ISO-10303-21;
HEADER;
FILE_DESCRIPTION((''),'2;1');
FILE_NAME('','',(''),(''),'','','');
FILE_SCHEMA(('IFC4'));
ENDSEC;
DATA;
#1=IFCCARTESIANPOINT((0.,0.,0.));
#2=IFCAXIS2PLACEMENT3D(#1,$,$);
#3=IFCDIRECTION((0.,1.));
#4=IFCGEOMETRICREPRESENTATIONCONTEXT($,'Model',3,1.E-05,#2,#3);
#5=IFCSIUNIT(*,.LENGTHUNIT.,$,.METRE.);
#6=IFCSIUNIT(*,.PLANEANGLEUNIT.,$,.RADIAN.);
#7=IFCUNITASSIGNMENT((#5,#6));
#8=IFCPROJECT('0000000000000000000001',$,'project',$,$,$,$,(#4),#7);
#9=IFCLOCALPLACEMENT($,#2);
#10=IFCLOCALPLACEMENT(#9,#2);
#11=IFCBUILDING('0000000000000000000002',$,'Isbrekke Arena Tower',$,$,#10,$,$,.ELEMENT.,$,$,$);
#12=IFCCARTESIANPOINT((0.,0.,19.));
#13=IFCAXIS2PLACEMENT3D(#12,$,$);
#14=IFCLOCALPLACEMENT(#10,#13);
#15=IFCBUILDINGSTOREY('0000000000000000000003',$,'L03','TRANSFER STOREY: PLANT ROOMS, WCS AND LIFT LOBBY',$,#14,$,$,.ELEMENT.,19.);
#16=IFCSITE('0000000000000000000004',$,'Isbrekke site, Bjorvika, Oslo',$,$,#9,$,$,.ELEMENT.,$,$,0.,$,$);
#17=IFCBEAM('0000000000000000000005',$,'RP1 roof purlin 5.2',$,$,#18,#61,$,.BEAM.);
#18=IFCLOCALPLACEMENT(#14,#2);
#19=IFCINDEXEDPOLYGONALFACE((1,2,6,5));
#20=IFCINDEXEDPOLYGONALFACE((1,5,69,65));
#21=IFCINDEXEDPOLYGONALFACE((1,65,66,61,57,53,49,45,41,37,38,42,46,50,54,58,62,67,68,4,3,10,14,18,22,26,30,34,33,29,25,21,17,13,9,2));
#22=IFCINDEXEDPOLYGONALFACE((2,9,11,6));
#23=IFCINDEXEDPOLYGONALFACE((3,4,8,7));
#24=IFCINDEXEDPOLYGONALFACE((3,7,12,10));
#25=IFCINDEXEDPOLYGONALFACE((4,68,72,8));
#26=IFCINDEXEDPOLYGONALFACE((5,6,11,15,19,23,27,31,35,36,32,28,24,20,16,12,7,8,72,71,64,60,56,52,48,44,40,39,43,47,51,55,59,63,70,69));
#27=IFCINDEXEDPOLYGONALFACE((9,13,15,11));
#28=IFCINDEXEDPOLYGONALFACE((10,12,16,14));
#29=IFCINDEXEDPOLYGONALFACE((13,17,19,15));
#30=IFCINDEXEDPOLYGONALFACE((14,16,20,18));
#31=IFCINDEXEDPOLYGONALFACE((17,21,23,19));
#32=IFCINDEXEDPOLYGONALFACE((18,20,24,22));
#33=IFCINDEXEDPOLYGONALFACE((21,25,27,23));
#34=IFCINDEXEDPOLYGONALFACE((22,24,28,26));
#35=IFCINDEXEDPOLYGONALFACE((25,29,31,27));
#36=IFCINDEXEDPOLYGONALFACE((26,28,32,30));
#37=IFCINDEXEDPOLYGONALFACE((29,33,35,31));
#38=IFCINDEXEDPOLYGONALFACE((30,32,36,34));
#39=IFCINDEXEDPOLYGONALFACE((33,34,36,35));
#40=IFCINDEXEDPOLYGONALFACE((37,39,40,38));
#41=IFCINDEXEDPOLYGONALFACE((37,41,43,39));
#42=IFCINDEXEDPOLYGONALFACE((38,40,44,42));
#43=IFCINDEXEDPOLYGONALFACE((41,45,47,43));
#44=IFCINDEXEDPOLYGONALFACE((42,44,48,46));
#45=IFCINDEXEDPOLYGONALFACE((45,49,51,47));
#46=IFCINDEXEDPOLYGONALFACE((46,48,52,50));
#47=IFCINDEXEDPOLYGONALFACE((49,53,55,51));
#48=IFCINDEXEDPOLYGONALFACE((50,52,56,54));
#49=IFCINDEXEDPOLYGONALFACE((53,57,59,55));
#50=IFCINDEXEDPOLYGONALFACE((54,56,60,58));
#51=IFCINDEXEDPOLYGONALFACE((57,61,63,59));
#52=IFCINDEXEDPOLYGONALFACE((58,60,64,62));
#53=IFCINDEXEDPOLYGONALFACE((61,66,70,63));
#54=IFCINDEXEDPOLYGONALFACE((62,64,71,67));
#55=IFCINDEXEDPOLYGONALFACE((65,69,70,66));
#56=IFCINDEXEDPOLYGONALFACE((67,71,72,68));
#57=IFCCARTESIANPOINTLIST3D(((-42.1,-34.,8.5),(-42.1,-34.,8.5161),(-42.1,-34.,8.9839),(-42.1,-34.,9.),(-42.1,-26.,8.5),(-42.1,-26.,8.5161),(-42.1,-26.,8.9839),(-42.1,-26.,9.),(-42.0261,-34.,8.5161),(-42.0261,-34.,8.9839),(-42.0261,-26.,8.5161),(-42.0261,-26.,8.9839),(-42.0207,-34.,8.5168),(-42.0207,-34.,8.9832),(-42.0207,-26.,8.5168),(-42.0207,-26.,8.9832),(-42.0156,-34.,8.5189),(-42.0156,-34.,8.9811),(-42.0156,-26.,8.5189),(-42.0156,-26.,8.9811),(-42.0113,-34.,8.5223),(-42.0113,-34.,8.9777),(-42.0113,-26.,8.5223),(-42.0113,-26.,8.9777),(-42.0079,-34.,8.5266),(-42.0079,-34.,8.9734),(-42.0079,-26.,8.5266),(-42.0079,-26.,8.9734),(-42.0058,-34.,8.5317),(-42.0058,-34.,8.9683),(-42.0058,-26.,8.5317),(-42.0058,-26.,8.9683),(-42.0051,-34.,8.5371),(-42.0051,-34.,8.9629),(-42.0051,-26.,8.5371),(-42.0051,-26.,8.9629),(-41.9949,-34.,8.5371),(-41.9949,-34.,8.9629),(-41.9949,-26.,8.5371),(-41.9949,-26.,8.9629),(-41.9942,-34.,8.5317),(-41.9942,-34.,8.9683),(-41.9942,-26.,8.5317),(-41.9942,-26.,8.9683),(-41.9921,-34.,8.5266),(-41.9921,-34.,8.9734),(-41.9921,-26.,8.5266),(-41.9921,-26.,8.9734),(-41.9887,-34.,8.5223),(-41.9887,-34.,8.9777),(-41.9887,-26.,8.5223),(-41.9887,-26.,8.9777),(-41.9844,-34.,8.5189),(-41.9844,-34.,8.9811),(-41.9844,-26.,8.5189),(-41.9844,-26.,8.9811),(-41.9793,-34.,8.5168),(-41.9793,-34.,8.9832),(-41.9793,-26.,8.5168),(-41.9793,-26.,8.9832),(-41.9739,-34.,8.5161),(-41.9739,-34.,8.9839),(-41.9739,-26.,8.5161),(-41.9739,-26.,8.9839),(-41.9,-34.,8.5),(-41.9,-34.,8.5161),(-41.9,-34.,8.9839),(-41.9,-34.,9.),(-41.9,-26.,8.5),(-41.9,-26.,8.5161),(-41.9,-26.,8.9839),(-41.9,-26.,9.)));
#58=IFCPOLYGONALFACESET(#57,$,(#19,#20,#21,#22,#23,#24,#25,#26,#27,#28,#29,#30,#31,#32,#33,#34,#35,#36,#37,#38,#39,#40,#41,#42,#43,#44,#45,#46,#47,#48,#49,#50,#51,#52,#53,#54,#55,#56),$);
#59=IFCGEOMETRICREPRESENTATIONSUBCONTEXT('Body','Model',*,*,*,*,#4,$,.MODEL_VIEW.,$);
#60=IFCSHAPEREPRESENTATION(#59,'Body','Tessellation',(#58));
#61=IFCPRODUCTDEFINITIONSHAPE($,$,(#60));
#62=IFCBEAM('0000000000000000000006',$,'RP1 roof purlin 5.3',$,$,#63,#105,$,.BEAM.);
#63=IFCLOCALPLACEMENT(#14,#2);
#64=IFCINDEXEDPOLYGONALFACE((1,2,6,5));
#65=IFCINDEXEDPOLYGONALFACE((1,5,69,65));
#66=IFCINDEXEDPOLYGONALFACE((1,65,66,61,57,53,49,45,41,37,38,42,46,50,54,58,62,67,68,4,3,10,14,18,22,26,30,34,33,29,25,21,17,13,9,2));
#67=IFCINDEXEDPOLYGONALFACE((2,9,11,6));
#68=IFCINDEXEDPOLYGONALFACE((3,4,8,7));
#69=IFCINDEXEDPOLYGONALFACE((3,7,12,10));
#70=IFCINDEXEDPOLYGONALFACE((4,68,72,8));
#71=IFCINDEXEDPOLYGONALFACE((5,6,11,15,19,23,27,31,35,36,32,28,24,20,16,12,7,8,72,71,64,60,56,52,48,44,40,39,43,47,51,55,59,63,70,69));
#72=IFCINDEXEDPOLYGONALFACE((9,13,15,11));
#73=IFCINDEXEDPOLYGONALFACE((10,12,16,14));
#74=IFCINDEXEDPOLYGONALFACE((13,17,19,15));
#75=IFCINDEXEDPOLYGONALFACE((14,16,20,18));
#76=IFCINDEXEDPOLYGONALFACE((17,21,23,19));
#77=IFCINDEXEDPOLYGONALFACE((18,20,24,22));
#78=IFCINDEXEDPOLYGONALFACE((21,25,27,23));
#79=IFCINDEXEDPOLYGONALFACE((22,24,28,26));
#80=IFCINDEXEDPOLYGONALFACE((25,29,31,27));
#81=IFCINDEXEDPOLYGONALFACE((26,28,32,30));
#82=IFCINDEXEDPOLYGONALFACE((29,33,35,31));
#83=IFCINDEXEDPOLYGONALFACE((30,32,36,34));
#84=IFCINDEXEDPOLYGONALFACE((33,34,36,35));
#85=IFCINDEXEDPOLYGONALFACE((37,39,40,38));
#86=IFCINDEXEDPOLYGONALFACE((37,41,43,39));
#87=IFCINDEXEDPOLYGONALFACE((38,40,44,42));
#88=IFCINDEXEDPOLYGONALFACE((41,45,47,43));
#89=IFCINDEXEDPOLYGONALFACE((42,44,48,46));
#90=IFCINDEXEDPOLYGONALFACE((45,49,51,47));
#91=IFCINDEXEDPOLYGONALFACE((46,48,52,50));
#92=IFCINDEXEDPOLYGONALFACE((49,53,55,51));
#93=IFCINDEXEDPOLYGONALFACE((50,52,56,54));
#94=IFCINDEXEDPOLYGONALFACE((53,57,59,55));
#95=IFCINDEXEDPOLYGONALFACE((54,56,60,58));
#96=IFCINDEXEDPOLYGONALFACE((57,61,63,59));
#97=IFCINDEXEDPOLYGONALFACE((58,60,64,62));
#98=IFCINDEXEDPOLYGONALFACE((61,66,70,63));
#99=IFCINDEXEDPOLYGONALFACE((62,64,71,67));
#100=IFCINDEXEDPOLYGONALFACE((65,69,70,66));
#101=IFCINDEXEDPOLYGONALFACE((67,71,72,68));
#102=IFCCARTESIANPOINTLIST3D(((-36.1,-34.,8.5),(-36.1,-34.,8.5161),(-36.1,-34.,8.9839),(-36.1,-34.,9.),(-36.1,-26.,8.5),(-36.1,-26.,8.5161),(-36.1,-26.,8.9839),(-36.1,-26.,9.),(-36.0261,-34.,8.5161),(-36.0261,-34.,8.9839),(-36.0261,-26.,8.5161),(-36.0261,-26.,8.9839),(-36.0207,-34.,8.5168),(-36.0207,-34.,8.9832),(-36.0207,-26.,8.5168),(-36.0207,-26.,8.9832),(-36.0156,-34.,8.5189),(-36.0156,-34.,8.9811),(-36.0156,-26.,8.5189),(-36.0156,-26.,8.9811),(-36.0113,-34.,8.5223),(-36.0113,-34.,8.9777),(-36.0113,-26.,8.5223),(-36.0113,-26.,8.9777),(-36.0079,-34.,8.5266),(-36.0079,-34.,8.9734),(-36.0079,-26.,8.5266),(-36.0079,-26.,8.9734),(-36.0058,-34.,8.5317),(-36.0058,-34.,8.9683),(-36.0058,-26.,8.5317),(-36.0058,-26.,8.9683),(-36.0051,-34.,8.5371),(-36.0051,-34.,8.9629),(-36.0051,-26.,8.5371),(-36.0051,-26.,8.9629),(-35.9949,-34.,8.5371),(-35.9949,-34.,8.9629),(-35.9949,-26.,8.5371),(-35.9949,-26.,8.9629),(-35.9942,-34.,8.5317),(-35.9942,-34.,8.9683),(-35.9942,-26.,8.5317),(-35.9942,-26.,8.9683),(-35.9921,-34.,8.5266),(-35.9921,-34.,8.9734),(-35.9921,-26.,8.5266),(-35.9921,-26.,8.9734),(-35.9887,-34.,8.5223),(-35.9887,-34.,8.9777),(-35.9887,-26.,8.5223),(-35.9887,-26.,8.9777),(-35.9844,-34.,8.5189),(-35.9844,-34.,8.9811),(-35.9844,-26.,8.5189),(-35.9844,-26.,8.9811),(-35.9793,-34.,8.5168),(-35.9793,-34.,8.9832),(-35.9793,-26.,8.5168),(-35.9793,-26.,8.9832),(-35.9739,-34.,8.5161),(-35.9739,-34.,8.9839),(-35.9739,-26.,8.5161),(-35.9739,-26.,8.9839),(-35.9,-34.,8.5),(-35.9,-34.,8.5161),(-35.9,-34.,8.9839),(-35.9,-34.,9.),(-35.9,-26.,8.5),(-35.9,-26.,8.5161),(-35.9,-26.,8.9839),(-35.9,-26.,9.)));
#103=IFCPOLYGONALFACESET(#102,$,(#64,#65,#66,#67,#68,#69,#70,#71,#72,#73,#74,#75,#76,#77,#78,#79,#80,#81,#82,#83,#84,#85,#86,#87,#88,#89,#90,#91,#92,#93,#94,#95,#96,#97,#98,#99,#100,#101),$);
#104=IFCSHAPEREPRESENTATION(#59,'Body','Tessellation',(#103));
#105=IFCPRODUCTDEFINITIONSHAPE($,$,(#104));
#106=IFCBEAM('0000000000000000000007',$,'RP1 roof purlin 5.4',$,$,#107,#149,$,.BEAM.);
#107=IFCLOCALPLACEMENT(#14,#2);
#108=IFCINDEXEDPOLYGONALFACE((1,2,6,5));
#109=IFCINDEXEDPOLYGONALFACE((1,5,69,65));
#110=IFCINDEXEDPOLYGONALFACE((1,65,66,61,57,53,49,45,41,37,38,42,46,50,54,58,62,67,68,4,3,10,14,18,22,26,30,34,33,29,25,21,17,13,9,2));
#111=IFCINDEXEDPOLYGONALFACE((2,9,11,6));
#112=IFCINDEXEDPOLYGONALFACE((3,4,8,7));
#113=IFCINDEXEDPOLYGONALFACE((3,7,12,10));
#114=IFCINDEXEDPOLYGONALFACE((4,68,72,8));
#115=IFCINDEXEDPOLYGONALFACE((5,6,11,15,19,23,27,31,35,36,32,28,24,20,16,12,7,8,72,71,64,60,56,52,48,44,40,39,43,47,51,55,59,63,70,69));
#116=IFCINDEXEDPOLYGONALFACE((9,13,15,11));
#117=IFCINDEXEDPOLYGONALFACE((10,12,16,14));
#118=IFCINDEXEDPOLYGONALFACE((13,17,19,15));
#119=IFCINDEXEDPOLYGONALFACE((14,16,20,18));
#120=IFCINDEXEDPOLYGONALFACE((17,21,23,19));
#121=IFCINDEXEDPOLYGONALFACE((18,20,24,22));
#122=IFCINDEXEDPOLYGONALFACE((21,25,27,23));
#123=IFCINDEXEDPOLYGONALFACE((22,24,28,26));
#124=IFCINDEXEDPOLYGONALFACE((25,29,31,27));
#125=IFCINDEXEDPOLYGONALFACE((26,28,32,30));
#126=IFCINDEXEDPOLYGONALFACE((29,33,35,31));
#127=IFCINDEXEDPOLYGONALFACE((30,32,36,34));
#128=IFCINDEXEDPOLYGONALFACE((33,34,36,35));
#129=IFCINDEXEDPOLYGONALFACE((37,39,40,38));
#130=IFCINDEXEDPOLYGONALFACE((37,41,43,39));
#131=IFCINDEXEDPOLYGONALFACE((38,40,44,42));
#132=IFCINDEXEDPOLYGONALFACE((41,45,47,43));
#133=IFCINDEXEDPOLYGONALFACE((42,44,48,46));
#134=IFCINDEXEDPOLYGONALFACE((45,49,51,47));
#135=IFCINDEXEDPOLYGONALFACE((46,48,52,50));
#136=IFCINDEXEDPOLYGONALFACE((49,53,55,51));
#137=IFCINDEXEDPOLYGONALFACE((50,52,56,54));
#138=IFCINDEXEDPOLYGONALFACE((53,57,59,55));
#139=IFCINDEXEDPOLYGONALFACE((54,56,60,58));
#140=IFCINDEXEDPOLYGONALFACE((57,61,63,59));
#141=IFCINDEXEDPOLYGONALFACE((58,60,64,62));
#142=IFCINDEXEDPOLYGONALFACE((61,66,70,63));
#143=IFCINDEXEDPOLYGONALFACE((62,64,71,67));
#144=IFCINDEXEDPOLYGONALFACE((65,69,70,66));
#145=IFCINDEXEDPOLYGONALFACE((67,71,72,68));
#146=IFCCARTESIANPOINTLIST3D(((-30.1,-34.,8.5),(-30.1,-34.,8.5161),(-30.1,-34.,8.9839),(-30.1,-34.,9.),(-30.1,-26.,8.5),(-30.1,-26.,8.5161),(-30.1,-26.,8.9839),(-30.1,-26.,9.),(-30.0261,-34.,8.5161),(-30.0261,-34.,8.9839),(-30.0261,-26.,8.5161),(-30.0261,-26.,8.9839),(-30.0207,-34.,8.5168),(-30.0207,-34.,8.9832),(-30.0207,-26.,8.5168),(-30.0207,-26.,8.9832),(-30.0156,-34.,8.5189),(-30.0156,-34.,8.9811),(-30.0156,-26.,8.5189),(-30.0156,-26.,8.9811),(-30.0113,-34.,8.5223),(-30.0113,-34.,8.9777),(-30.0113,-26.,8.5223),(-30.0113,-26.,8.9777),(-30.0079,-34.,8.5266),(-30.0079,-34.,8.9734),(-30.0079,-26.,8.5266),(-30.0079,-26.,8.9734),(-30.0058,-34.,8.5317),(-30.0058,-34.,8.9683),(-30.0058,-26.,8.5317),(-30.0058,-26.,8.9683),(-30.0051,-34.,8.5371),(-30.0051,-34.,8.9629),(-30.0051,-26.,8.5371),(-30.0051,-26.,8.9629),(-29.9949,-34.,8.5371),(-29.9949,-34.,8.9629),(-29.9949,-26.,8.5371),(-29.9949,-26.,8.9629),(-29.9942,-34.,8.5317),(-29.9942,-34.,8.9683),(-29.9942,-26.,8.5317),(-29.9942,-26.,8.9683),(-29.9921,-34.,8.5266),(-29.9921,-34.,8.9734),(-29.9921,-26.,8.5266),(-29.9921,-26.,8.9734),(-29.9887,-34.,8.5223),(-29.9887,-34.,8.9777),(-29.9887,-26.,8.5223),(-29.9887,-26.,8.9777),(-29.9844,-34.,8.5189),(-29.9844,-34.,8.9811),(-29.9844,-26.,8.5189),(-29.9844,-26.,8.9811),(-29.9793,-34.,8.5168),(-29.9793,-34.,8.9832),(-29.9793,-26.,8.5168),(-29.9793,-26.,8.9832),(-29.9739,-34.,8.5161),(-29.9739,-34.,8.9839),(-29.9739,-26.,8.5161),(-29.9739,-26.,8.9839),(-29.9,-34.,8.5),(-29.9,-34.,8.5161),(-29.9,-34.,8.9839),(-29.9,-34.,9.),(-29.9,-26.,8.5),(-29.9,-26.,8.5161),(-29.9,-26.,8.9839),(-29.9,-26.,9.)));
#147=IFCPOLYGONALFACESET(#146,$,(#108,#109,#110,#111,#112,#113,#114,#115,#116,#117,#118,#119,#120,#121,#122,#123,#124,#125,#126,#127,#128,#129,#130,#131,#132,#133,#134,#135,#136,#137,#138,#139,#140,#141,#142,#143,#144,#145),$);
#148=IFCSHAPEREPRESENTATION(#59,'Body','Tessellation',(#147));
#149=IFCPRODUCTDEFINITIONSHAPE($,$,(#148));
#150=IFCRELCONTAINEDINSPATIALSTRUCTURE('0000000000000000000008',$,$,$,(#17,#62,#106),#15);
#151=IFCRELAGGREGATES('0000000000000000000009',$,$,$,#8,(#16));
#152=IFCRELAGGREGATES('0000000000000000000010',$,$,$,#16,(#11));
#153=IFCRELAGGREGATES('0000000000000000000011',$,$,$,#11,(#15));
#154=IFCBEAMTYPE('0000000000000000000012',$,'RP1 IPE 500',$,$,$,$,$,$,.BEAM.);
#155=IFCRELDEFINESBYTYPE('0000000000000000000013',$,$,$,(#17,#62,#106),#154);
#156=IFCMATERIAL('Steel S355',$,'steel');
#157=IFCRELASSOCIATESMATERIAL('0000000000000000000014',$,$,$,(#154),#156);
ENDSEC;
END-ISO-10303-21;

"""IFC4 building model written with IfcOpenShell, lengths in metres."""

from ifc_helpers import new_model, si_unit, direction, frame, origin, origin_2d, place, context, subcontext, project, spatial, i_section, extrude, material, material_profile, profile_set, type_object, element, save


model = new_model("IFC4")

# Units and contexts
model_context = context("Model", 3, precision=1e-05, world=origin(), true_north=direction((0.0, 1.0)))
body_context = subcontext(model_context, "Body", "Model", "MODEL_VIEW")
ifc_project = project(units=[si_unit("LENGTHUNIT", "METRE"), si_unit("PLANEANGLEUNIT", "RADIAN")], contexts=[model_context])

# Site, building, storey
site_placement = place(None, origin())
site = spatial("IfcSite", under=ifc_project, at=site_placement, Name="Isbrekke site, Bjorvika, Oslo", CompositionType="ELEMENT", RefElevation=0.0)
building_placement = place(site_placement, origin())
building = spatial("IfcBuilding", under=site, at=building_placement, Name="Isbrekke Arena Tower", CompositionType="ELEMENT")
storey_placement = place(building_placement, frame((0.0, 0.0, 19.0)))
storey = spatial("IfcBuildingStorey", under=building, at=storey_placement, Name="L03", Description="TRANSFER STOREY: PLANT ROOMS, WCS AND LIFT LOBBY", CompositionType="ELEMENT", Elevation=19.0)

# Beams
ifc_material_1 = material(Name="Steel S355", Category="steel")
ifc_material_profile_1 = material_profile(ifc_material_1, i_section(OverallWidth=0.2, OverallDepth=0.5, WebThickness=0.0103, FlangeThickness=0.0161, FilletRadius=0.021, at=origin_2d()), Name="IPE 500")
ifc_profile_set_1 = profile_set([ifc_material_profile_1], Name="Steel S355")
beam_type = type_object("IfcBeamType", Name="RP1 IPE 500", PredefinedType="BEAM", material=ifc_profile_set_1)
for number, where, z_axis, x_axis, name in (
    (1, (-42.0, -34.0, 8.75), (0.0, 1.0, 0.0), (-1.0, 0.0, 0.0), "RP1 roof purlin 5.2"),
    (2, (-36.0, -34.0, 8.75), (0.0, 1.0, 0.0), (-1.0, 0.0, 0.0), "RP1 roof purlin 5.3"),
    (3, (-30.0, -34.0, 8.75), (0.0, 1.0, 0.0), (-1.0, 0.0, 0.0), "RP1 roof purlin 5.4"),
):
    element("IfcBeam", number, at=place(storey_placement, frame(where, z_axis=z_axis, x_axis=x_axis)), inside=storey, type_object=beam_type, Name=name, PredefinedType="BEAM", context=body_context, shape_type="SweptSolid", body=[
        extrude(i_section(OverallWidth=0.2, OverallDepth=0.5, WebThickness=0.0103, FlangeThickness=0.0161, FilletRadius=0.021, at=origin_2d()), origin(), (0.0, 0.0, 1.0), 8.0),
    ])

save(model, "model.ifc")
